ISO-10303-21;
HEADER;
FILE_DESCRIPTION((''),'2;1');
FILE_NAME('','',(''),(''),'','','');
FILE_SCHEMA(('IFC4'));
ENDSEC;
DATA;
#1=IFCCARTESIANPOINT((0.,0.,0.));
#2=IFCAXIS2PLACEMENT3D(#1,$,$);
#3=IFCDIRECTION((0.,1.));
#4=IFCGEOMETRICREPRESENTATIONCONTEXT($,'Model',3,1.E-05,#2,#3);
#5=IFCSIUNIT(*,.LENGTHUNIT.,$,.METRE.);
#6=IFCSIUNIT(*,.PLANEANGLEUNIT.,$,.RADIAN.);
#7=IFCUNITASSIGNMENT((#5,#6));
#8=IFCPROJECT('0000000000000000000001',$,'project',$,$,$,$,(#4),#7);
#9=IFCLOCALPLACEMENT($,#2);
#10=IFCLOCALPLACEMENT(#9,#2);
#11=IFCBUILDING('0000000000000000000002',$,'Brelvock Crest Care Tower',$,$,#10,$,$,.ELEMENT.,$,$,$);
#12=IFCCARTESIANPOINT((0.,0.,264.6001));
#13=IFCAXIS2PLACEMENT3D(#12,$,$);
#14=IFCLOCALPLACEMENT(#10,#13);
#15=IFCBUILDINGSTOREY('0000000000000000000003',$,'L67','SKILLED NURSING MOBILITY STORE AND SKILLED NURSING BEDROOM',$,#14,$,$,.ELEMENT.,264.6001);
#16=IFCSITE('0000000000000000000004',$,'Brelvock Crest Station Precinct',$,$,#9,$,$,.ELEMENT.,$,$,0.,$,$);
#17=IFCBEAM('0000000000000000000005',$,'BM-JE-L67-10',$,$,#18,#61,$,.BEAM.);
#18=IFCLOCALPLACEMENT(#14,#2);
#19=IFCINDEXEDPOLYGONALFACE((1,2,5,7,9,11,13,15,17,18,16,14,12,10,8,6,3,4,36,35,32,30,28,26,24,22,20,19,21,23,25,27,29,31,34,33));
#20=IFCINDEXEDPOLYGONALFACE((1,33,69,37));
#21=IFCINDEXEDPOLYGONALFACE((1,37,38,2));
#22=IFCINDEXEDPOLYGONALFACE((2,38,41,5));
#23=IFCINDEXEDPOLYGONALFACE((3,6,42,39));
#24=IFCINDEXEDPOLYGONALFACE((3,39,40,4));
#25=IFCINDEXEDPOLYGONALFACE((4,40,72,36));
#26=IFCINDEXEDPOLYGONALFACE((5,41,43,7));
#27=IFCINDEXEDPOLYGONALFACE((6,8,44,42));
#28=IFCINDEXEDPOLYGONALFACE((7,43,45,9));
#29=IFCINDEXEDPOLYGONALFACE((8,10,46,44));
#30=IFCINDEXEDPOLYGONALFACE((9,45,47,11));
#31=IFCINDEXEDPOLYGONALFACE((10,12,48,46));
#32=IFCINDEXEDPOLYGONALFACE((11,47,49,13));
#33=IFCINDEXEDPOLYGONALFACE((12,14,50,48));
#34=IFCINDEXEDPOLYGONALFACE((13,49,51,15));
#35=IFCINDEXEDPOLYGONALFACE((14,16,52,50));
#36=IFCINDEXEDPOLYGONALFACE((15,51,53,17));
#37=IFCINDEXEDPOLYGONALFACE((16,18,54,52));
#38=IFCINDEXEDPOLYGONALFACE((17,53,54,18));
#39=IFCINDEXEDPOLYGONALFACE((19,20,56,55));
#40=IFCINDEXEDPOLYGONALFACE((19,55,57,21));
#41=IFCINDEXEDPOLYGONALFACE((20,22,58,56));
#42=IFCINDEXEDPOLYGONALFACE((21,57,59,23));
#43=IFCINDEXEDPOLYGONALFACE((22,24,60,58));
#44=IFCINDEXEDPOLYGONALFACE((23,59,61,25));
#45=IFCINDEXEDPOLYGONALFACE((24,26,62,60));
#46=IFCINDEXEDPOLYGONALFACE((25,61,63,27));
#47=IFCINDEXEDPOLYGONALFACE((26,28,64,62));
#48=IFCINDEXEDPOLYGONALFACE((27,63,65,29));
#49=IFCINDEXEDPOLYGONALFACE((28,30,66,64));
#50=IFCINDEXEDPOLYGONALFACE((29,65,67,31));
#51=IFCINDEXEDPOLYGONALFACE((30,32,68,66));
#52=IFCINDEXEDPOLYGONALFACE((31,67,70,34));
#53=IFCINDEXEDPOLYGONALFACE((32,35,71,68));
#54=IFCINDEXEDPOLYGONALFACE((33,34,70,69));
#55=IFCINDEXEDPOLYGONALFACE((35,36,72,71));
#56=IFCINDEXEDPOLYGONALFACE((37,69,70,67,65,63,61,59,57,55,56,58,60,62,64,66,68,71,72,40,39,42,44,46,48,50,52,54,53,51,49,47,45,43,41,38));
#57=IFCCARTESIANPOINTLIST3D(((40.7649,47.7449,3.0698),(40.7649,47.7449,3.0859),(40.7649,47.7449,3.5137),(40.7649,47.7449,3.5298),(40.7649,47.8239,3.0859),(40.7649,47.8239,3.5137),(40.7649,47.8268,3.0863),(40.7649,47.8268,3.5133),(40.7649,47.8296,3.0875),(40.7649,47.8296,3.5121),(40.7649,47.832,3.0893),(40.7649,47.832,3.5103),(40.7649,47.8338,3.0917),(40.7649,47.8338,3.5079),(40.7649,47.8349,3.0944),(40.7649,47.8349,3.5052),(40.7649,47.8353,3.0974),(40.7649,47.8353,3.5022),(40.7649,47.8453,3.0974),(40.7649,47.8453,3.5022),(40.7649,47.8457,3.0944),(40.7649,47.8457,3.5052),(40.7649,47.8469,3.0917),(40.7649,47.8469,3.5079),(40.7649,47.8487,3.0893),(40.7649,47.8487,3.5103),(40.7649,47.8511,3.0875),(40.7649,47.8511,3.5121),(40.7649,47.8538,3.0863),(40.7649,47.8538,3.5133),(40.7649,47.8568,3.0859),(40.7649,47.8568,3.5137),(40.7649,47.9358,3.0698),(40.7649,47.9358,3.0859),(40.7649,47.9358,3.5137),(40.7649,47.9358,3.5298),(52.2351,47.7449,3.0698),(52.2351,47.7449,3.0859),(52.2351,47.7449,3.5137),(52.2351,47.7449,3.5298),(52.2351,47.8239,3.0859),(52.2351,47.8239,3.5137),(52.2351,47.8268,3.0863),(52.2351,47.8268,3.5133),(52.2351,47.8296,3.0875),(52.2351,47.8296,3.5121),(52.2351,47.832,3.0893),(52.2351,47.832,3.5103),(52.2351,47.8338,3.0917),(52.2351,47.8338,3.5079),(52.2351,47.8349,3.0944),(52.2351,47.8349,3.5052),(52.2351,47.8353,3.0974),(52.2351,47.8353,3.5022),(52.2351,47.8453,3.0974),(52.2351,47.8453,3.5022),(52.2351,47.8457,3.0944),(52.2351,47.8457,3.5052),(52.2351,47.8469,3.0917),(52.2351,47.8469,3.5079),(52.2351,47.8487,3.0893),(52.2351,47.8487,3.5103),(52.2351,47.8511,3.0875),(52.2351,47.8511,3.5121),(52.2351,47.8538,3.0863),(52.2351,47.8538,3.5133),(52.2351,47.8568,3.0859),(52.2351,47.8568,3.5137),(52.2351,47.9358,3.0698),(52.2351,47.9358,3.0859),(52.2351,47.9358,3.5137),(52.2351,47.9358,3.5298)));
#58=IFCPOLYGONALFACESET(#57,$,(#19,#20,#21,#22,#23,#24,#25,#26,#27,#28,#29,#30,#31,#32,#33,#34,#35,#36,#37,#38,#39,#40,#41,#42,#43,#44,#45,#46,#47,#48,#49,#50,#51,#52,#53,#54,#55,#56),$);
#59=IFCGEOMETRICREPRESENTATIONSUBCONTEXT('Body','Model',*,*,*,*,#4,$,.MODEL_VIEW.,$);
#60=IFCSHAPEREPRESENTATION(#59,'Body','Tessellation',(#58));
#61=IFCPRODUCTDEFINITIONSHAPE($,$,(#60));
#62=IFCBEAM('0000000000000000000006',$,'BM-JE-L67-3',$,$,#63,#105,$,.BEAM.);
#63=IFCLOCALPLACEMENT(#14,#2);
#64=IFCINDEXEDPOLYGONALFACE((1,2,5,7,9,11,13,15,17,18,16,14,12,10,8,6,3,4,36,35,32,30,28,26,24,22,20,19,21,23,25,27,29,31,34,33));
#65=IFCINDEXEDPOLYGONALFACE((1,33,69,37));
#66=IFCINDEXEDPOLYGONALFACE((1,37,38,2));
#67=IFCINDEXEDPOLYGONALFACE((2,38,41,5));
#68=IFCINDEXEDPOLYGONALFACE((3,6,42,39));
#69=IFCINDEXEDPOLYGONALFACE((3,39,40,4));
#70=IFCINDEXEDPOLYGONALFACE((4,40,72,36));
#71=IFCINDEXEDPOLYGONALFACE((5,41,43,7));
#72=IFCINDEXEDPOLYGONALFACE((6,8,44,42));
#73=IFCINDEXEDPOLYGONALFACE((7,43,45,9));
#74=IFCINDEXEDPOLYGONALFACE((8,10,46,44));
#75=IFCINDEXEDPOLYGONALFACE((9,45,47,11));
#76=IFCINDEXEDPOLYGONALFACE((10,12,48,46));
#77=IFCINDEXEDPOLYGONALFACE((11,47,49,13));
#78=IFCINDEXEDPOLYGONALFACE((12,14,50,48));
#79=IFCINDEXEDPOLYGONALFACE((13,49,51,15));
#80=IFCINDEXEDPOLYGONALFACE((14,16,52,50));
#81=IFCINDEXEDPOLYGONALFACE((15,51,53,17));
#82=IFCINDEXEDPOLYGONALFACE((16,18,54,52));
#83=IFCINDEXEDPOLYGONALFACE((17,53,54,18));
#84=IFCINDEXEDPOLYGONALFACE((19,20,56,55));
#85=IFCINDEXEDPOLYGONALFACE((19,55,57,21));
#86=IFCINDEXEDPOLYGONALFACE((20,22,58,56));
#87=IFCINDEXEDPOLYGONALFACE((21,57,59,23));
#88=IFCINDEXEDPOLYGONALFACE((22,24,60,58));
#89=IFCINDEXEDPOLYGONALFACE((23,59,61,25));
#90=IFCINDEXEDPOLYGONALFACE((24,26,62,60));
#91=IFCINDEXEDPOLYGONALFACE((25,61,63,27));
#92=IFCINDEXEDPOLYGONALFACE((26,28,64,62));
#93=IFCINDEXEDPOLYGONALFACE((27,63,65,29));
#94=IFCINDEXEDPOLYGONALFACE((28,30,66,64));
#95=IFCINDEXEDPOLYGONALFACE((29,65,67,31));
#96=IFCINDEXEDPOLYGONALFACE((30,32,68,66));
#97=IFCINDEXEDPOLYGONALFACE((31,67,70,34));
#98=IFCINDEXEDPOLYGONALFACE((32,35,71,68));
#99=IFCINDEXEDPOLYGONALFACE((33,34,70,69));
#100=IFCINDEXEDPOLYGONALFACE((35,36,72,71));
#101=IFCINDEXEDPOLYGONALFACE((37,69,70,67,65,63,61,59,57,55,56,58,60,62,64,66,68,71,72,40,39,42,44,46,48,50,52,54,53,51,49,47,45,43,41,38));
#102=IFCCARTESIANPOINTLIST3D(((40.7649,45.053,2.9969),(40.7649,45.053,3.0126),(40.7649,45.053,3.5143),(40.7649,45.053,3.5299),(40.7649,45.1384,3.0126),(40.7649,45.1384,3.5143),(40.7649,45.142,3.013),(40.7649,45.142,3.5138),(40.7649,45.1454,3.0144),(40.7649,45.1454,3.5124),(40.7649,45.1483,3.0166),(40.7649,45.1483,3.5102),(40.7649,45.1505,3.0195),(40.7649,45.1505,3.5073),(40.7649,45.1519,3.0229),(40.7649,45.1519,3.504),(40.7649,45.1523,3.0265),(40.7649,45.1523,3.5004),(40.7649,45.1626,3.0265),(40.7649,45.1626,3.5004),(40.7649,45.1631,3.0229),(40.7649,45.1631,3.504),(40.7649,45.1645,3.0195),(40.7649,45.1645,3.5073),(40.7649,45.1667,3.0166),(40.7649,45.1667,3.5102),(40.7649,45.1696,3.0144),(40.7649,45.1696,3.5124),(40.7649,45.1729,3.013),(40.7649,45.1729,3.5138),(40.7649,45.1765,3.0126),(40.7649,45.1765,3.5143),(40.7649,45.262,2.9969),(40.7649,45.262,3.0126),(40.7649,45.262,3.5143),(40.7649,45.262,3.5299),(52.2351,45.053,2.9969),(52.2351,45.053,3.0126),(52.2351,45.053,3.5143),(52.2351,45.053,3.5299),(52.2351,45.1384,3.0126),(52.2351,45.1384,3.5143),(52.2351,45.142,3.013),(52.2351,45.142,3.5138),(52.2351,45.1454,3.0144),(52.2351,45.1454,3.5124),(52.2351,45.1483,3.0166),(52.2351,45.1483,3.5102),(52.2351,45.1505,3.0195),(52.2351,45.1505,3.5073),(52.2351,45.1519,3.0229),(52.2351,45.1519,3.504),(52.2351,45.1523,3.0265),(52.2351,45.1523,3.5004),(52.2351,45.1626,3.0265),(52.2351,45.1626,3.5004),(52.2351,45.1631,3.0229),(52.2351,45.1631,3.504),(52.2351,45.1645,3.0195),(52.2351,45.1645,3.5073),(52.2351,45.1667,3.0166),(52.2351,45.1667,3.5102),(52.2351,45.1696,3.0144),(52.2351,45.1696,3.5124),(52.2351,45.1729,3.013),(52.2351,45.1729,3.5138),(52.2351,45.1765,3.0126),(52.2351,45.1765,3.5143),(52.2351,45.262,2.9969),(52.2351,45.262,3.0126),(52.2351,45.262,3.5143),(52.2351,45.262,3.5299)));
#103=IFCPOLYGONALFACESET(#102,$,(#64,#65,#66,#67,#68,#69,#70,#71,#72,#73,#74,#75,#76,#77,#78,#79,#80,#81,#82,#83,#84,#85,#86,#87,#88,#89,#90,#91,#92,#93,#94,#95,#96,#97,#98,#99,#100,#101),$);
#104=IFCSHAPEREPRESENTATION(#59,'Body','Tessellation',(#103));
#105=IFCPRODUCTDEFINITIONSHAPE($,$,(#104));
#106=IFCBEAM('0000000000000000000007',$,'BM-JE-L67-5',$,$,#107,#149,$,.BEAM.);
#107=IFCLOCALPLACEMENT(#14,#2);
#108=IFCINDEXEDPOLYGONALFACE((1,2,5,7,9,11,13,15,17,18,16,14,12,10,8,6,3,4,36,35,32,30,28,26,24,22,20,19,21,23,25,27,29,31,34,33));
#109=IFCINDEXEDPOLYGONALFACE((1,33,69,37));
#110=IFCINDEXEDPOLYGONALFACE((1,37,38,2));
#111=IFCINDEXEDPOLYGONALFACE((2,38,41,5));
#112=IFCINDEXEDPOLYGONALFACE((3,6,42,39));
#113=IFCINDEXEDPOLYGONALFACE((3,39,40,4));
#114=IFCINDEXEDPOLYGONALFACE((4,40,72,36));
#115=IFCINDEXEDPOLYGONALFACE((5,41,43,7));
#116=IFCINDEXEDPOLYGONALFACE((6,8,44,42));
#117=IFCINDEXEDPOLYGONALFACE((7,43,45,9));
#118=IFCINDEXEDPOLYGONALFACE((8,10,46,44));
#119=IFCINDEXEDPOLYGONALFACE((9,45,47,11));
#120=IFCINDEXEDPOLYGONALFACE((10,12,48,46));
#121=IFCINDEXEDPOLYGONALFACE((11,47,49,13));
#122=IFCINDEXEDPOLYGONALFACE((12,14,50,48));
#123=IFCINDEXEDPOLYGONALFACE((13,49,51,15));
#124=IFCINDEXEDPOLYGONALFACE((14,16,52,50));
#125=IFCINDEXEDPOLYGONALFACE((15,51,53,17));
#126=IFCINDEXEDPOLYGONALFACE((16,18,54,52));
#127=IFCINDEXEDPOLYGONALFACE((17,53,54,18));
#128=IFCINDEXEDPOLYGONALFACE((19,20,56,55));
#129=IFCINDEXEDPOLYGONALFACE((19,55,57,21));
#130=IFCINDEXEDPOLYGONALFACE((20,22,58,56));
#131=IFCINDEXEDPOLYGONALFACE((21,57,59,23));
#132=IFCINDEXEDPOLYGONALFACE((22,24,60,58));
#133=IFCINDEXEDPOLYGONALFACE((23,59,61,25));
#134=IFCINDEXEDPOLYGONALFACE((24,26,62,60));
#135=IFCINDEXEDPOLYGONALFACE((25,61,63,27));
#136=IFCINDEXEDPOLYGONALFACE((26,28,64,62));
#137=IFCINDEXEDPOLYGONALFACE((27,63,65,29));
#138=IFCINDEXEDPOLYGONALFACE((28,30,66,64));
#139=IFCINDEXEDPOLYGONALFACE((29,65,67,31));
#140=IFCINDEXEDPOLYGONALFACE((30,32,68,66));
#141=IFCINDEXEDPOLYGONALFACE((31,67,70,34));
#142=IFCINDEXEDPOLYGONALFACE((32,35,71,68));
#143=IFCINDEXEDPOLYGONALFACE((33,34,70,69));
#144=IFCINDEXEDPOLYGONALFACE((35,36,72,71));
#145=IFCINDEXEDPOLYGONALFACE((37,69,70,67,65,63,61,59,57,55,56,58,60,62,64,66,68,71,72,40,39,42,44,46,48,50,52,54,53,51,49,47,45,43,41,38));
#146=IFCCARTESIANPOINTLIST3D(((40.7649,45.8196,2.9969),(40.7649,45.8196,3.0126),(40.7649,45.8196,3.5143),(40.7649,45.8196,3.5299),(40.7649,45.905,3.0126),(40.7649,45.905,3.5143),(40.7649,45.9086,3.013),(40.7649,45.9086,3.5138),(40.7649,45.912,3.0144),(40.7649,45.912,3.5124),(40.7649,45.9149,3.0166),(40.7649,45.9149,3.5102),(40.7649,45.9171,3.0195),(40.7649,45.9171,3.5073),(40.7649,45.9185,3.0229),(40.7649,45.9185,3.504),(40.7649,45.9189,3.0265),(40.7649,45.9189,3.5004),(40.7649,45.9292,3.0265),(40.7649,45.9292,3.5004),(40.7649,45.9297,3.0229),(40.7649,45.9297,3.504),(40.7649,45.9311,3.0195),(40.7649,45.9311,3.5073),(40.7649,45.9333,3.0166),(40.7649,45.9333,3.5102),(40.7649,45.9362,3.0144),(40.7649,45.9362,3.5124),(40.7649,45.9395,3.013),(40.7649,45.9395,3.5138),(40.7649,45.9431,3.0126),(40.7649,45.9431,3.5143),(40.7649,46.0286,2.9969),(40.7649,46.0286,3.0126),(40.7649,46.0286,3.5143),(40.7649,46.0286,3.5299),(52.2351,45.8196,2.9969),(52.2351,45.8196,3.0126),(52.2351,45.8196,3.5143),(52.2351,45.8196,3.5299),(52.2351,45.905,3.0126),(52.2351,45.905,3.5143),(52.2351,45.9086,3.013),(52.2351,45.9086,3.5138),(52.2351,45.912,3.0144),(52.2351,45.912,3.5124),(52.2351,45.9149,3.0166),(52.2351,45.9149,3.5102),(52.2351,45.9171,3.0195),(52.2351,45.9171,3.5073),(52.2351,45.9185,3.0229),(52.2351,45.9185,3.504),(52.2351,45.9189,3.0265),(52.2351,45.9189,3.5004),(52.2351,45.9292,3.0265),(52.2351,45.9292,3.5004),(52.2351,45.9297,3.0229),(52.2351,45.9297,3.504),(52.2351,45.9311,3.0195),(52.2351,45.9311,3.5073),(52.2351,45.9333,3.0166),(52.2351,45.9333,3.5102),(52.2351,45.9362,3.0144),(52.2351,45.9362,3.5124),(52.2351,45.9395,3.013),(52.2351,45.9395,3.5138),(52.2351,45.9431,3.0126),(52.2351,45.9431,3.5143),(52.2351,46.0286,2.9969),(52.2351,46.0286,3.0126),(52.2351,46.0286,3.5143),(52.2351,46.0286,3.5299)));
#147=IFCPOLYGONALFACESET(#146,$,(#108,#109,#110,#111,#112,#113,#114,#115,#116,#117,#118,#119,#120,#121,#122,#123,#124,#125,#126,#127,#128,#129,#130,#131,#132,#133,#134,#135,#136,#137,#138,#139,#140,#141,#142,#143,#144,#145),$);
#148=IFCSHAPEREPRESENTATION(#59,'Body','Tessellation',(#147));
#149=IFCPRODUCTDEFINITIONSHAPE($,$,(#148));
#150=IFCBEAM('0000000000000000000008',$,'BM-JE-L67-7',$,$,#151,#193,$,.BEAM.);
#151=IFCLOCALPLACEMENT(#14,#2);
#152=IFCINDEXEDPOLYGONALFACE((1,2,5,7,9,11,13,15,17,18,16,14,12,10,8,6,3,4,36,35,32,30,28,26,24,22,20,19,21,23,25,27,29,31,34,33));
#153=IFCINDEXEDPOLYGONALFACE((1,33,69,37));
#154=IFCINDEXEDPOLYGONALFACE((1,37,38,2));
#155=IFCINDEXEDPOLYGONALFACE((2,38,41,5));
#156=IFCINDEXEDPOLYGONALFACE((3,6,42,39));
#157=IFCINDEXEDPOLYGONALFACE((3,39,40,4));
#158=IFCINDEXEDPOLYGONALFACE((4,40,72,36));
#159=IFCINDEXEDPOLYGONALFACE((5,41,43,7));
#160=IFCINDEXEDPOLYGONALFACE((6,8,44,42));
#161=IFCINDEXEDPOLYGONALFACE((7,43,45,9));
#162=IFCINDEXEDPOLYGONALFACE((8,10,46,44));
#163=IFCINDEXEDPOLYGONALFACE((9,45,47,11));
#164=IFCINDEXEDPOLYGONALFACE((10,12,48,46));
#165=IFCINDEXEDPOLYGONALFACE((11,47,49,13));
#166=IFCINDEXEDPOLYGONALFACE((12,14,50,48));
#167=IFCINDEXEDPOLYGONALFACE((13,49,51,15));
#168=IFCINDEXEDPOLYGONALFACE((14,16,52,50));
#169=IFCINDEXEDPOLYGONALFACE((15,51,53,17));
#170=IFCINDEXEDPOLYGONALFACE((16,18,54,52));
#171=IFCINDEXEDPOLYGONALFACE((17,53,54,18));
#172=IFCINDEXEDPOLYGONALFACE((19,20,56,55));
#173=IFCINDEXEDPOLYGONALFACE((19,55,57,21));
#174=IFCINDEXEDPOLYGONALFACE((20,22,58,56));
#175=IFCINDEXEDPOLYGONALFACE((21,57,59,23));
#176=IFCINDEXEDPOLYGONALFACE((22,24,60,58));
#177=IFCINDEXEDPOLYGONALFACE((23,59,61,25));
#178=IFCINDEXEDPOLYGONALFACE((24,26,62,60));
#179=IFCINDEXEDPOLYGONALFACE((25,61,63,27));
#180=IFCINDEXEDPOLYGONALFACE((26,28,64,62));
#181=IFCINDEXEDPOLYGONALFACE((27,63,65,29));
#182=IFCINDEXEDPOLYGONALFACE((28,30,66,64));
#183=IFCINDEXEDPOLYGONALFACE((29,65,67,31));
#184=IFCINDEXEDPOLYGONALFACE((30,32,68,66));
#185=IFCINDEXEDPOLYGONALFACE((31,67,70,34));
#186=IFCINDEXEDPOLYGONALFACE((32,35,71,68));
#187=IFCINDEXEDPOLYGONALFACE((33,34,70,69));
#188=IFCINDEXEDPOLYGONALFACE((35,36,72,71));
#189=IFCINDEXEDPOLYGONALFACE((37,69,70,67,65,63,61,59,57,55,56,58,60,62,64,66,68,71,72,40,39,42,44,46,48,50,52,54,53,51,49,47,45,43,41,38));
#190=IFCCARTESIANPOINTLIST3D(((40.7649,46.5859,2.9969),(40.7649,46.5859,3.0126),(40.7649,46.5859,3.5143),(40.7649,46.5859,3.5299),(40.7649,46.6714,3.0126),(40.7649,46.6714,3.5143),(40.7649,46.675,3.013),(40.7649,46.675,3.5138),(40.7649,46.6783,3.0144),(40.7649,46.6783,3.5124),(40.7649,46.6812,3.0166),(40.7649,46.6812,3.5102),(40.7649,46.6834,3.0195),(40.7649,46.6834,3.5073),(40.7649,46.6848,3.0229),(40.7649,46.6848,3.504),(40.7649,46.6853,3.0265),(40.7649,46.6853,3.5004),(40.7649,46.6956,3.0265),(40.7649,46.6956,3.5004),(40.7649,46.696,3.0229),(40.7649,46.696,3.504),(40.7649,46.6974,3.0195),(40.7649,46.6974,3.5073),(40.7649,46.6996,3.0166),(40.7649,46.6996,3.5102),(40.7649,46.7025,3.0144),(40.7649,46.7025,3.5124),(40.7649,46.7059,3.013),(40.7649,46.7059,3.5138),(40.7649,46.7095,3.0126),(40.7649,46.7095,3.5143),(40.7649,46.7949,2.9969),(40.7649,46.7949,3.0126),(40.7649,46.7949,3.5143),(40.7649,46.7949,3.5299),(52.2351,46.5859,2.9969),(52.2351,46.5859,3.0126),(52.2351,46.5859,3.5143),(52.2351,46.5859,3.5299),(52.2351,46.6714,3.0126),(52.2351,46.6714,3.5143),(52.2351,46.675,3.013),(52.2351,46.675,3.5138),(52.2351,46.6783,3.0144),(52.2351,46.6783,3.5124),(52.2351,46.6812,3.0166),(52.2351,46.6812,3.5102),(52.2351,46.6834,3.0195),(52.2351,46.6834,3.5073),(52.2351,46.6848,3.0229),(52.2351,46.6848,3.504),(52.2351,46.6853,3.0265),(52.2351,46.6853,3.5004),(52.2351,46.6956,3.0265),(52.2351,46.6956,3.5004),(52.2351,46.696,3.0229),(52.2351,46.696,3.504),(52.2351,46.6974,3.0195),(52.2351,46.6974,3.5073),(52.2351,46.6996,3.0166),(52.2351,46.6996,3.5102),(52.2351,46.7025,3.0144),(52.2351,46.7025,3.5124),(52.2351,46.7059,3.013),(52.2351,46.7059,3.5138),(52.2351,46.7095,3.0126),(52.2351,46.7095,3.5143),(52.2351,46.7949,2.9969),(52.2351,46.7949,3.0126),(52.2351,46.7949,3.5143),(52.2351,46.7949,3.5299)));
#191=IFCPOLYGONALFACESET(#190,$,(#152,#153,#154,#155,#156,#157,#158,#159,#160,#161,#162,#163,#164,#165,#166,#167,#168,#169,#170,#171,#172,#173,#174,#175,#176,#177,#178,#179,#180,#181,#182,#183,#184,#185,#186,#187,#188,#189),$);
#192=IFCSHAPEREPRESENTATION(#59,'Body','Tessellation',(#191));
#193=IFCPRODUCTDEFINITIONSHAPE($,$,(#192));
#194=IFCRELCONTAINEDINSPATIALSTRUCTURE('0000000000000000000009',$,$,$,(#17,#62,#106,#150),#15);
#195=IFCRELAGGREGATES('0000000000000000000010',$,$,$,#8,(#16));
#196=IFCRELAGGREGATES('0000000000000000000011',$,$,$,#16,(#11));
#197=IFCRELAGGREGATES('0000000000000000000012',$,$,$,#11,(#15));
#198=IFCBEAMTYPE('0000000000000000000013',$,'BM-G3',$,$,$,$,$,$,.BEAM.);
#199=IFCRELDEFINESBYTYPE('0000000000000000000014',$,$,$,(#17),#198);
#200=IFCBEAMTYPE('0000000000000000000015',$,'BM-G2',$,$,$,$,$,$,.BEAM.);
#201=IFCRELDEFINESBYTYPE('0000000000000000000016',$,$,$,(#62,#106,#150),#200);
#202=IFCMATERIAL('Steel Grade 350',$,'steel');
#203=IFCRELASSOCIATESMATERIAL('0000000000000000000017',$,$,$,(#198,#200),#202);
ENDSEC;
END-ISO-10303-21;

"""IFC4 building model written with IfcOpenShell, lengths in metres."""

from ifc_helpers import new_model, si_unit, direction, frame, origin, origin_2d, place, context, subcontext, project, spatial, i_section, extrude, source, transform, mapped, material, material_profile, profile_set, type_object, element, save


model = new_model("IFC4")

# Units and contexts
model_context = context("Model", 3, precision=1e-05, world=origin(), true_north=direction((0.0, 1.0)))
body_context = subcontext(model_context, "Body", "Model", "MODEL_VIEW")
ifc_project = project(units=[si_unit("LENGTHUNIT", "METRE"), si_unit("PLANEANGLEUNIT", "RADIAN")], contexts=[model_context])

# Site, building, storey
site_placement = place(None, origin())
site = spatial("IfcSite", under=ifc_project, at=site_placement, Name="Brelvock Crest Station Precinct", CompositionType="ELEMENT", RefElevation=0.0)
building_placement = place(site_placement, origin())
building = spatial("IfcBuilding", under=site, at=building_placement, Name="Brelvock Crest Care Tower", CompositionType="ELEMENT")
storey_placement = place(building_placement, frame((0.0, 0.0, 264.6001)))
storey = spatial("IfcBuildingStorey", under=building, at=storey_placement, Name="L67", Description="SKILLED NURSING MOBILITY STORE AND SKILLED NURSING BEDROOM", CompositionType="ELEMENT", Elevation=264.6001)

# Beams
ifc_material_1 = material(Name="Steel Grade 350", Category="steel")
ifc_material_profile_1 = material_profile(ifc_material_1, i_section(OverallWidth=0.1909, OverallDepth=0.46, WebThickness=0.01, FlangeThickness=0.0161, FilletRadius=0.0115, at=origin_2d()), Name="460UB82.1")
ifc_profile_set_1 = profile_set([ifc_material_profile_1], Name="Steel Grade 350")
beam_type_1 = type_object("IfcBeamType", Name="BM-G3", PredefinedType="BEAM", material=ifc_profile_set_1)
shared_shape_1 = source(origin(), body_context, "Body", "SweptSolid", [
    extrude(i_section(OverallWidth=0.1909, OverallDepth=0.46, WebThickness=0.01, FlangeThickness=0.0161, FilletRadius=0.0115, at=origin_2d()), origin(), (0.0, 0.0, 1.0), 11.4702),
])
for number, where, z_axis, x_axis, name in (
    (1, (40.7649, 47.8403, 3.2998), (1.0, 0.0, 0.0), (0.0, 1.0, 0.0), "BM-JE-L67-10"),
):
    element("IfcBeam", number, at=place(storey_placement, frame(where, z_axis=z_axis, x_axis=x_axis)), inside=storey, type_object=beam_type_1, Name=name, PredefinedType="BEAM", context=body_context, shape_type="MappedRepresentation", body=[
        mapped(shared_shape_1, transform((0.0, 0.0, 0.0), x_axis=(1.0, 0.0, 0.0), y_axis=(0.0, 1.0, 0.0), z_axis=(0.0, 0.0, 1.0), scale=1.0)),
    ])
ifc_material_profile_2 = material_profile(ifc_material_1, i_section(OverallWidth=0.209, OverallDepth=0.533, WebThickness=0.0103, FlangeThickness=0.0156, FilletRadius=0.0139, at=origin_2d()), Name="530UB92.4")
ifc_profile_set_2 = profile_set([ifc_material_profile_2], Name="Steel Grade 350")
beam_type_2 = type_object("IfcBeamType", Name="BM-G2", PredefinedType="BEAM", material=ifc_profile_set_2)
shared_shape_2 = source(origin(), body_context, "Body", "SweptSolid", [
    extrude(i_section(OverallWidth=0.209, OverallDepth=0.533, WebThickness=0.0103, FlangeThickness=0.0156, FilletRadius=0.0139, at=origin_2d()), origin(), (0.0, 0.0, 1.0), 11.4702),
])
for number, where, z_axis, x_axis, name in (
    (2, (40.7649, 45.1575, 3.2634), (1.0, 0.0, 0.0), (0.0, 1.0, 0.0), "BM-JE-L67-3"),
    (3, (40.7649, 45.9241, 3.2634), (1.0, 0.0, 0.0), (0.0, 1.0, 0.0), "BM-JE-L67-5"),
    (4, (40.7649, 46.6904, 3.2634), (1.0, 0.0, 0.0), (0.0, 1.0, 0.0), "BM-JE-L67-7"),
):
    element("IfcBeam", number, at=place(storey_placement, frame(where, z_axis=z_axis, x_axis=x_axis)), inside=storey, type_object=beam_type_2, Name=name, PredefinedType="BEAM", context=body_context, shape_type="MappedRepresentation", body=[
        mapped(shared_shape_2, transform((0.0, 0.0, 0.0), x_axis=(1.0, 0.0, 0.0), y_axis=(0.0, 1.0, 0.0), z_axis=(0.0, 0.0, 1.0), scale=1.0)),
    ])

save(model, "model.ifc")
